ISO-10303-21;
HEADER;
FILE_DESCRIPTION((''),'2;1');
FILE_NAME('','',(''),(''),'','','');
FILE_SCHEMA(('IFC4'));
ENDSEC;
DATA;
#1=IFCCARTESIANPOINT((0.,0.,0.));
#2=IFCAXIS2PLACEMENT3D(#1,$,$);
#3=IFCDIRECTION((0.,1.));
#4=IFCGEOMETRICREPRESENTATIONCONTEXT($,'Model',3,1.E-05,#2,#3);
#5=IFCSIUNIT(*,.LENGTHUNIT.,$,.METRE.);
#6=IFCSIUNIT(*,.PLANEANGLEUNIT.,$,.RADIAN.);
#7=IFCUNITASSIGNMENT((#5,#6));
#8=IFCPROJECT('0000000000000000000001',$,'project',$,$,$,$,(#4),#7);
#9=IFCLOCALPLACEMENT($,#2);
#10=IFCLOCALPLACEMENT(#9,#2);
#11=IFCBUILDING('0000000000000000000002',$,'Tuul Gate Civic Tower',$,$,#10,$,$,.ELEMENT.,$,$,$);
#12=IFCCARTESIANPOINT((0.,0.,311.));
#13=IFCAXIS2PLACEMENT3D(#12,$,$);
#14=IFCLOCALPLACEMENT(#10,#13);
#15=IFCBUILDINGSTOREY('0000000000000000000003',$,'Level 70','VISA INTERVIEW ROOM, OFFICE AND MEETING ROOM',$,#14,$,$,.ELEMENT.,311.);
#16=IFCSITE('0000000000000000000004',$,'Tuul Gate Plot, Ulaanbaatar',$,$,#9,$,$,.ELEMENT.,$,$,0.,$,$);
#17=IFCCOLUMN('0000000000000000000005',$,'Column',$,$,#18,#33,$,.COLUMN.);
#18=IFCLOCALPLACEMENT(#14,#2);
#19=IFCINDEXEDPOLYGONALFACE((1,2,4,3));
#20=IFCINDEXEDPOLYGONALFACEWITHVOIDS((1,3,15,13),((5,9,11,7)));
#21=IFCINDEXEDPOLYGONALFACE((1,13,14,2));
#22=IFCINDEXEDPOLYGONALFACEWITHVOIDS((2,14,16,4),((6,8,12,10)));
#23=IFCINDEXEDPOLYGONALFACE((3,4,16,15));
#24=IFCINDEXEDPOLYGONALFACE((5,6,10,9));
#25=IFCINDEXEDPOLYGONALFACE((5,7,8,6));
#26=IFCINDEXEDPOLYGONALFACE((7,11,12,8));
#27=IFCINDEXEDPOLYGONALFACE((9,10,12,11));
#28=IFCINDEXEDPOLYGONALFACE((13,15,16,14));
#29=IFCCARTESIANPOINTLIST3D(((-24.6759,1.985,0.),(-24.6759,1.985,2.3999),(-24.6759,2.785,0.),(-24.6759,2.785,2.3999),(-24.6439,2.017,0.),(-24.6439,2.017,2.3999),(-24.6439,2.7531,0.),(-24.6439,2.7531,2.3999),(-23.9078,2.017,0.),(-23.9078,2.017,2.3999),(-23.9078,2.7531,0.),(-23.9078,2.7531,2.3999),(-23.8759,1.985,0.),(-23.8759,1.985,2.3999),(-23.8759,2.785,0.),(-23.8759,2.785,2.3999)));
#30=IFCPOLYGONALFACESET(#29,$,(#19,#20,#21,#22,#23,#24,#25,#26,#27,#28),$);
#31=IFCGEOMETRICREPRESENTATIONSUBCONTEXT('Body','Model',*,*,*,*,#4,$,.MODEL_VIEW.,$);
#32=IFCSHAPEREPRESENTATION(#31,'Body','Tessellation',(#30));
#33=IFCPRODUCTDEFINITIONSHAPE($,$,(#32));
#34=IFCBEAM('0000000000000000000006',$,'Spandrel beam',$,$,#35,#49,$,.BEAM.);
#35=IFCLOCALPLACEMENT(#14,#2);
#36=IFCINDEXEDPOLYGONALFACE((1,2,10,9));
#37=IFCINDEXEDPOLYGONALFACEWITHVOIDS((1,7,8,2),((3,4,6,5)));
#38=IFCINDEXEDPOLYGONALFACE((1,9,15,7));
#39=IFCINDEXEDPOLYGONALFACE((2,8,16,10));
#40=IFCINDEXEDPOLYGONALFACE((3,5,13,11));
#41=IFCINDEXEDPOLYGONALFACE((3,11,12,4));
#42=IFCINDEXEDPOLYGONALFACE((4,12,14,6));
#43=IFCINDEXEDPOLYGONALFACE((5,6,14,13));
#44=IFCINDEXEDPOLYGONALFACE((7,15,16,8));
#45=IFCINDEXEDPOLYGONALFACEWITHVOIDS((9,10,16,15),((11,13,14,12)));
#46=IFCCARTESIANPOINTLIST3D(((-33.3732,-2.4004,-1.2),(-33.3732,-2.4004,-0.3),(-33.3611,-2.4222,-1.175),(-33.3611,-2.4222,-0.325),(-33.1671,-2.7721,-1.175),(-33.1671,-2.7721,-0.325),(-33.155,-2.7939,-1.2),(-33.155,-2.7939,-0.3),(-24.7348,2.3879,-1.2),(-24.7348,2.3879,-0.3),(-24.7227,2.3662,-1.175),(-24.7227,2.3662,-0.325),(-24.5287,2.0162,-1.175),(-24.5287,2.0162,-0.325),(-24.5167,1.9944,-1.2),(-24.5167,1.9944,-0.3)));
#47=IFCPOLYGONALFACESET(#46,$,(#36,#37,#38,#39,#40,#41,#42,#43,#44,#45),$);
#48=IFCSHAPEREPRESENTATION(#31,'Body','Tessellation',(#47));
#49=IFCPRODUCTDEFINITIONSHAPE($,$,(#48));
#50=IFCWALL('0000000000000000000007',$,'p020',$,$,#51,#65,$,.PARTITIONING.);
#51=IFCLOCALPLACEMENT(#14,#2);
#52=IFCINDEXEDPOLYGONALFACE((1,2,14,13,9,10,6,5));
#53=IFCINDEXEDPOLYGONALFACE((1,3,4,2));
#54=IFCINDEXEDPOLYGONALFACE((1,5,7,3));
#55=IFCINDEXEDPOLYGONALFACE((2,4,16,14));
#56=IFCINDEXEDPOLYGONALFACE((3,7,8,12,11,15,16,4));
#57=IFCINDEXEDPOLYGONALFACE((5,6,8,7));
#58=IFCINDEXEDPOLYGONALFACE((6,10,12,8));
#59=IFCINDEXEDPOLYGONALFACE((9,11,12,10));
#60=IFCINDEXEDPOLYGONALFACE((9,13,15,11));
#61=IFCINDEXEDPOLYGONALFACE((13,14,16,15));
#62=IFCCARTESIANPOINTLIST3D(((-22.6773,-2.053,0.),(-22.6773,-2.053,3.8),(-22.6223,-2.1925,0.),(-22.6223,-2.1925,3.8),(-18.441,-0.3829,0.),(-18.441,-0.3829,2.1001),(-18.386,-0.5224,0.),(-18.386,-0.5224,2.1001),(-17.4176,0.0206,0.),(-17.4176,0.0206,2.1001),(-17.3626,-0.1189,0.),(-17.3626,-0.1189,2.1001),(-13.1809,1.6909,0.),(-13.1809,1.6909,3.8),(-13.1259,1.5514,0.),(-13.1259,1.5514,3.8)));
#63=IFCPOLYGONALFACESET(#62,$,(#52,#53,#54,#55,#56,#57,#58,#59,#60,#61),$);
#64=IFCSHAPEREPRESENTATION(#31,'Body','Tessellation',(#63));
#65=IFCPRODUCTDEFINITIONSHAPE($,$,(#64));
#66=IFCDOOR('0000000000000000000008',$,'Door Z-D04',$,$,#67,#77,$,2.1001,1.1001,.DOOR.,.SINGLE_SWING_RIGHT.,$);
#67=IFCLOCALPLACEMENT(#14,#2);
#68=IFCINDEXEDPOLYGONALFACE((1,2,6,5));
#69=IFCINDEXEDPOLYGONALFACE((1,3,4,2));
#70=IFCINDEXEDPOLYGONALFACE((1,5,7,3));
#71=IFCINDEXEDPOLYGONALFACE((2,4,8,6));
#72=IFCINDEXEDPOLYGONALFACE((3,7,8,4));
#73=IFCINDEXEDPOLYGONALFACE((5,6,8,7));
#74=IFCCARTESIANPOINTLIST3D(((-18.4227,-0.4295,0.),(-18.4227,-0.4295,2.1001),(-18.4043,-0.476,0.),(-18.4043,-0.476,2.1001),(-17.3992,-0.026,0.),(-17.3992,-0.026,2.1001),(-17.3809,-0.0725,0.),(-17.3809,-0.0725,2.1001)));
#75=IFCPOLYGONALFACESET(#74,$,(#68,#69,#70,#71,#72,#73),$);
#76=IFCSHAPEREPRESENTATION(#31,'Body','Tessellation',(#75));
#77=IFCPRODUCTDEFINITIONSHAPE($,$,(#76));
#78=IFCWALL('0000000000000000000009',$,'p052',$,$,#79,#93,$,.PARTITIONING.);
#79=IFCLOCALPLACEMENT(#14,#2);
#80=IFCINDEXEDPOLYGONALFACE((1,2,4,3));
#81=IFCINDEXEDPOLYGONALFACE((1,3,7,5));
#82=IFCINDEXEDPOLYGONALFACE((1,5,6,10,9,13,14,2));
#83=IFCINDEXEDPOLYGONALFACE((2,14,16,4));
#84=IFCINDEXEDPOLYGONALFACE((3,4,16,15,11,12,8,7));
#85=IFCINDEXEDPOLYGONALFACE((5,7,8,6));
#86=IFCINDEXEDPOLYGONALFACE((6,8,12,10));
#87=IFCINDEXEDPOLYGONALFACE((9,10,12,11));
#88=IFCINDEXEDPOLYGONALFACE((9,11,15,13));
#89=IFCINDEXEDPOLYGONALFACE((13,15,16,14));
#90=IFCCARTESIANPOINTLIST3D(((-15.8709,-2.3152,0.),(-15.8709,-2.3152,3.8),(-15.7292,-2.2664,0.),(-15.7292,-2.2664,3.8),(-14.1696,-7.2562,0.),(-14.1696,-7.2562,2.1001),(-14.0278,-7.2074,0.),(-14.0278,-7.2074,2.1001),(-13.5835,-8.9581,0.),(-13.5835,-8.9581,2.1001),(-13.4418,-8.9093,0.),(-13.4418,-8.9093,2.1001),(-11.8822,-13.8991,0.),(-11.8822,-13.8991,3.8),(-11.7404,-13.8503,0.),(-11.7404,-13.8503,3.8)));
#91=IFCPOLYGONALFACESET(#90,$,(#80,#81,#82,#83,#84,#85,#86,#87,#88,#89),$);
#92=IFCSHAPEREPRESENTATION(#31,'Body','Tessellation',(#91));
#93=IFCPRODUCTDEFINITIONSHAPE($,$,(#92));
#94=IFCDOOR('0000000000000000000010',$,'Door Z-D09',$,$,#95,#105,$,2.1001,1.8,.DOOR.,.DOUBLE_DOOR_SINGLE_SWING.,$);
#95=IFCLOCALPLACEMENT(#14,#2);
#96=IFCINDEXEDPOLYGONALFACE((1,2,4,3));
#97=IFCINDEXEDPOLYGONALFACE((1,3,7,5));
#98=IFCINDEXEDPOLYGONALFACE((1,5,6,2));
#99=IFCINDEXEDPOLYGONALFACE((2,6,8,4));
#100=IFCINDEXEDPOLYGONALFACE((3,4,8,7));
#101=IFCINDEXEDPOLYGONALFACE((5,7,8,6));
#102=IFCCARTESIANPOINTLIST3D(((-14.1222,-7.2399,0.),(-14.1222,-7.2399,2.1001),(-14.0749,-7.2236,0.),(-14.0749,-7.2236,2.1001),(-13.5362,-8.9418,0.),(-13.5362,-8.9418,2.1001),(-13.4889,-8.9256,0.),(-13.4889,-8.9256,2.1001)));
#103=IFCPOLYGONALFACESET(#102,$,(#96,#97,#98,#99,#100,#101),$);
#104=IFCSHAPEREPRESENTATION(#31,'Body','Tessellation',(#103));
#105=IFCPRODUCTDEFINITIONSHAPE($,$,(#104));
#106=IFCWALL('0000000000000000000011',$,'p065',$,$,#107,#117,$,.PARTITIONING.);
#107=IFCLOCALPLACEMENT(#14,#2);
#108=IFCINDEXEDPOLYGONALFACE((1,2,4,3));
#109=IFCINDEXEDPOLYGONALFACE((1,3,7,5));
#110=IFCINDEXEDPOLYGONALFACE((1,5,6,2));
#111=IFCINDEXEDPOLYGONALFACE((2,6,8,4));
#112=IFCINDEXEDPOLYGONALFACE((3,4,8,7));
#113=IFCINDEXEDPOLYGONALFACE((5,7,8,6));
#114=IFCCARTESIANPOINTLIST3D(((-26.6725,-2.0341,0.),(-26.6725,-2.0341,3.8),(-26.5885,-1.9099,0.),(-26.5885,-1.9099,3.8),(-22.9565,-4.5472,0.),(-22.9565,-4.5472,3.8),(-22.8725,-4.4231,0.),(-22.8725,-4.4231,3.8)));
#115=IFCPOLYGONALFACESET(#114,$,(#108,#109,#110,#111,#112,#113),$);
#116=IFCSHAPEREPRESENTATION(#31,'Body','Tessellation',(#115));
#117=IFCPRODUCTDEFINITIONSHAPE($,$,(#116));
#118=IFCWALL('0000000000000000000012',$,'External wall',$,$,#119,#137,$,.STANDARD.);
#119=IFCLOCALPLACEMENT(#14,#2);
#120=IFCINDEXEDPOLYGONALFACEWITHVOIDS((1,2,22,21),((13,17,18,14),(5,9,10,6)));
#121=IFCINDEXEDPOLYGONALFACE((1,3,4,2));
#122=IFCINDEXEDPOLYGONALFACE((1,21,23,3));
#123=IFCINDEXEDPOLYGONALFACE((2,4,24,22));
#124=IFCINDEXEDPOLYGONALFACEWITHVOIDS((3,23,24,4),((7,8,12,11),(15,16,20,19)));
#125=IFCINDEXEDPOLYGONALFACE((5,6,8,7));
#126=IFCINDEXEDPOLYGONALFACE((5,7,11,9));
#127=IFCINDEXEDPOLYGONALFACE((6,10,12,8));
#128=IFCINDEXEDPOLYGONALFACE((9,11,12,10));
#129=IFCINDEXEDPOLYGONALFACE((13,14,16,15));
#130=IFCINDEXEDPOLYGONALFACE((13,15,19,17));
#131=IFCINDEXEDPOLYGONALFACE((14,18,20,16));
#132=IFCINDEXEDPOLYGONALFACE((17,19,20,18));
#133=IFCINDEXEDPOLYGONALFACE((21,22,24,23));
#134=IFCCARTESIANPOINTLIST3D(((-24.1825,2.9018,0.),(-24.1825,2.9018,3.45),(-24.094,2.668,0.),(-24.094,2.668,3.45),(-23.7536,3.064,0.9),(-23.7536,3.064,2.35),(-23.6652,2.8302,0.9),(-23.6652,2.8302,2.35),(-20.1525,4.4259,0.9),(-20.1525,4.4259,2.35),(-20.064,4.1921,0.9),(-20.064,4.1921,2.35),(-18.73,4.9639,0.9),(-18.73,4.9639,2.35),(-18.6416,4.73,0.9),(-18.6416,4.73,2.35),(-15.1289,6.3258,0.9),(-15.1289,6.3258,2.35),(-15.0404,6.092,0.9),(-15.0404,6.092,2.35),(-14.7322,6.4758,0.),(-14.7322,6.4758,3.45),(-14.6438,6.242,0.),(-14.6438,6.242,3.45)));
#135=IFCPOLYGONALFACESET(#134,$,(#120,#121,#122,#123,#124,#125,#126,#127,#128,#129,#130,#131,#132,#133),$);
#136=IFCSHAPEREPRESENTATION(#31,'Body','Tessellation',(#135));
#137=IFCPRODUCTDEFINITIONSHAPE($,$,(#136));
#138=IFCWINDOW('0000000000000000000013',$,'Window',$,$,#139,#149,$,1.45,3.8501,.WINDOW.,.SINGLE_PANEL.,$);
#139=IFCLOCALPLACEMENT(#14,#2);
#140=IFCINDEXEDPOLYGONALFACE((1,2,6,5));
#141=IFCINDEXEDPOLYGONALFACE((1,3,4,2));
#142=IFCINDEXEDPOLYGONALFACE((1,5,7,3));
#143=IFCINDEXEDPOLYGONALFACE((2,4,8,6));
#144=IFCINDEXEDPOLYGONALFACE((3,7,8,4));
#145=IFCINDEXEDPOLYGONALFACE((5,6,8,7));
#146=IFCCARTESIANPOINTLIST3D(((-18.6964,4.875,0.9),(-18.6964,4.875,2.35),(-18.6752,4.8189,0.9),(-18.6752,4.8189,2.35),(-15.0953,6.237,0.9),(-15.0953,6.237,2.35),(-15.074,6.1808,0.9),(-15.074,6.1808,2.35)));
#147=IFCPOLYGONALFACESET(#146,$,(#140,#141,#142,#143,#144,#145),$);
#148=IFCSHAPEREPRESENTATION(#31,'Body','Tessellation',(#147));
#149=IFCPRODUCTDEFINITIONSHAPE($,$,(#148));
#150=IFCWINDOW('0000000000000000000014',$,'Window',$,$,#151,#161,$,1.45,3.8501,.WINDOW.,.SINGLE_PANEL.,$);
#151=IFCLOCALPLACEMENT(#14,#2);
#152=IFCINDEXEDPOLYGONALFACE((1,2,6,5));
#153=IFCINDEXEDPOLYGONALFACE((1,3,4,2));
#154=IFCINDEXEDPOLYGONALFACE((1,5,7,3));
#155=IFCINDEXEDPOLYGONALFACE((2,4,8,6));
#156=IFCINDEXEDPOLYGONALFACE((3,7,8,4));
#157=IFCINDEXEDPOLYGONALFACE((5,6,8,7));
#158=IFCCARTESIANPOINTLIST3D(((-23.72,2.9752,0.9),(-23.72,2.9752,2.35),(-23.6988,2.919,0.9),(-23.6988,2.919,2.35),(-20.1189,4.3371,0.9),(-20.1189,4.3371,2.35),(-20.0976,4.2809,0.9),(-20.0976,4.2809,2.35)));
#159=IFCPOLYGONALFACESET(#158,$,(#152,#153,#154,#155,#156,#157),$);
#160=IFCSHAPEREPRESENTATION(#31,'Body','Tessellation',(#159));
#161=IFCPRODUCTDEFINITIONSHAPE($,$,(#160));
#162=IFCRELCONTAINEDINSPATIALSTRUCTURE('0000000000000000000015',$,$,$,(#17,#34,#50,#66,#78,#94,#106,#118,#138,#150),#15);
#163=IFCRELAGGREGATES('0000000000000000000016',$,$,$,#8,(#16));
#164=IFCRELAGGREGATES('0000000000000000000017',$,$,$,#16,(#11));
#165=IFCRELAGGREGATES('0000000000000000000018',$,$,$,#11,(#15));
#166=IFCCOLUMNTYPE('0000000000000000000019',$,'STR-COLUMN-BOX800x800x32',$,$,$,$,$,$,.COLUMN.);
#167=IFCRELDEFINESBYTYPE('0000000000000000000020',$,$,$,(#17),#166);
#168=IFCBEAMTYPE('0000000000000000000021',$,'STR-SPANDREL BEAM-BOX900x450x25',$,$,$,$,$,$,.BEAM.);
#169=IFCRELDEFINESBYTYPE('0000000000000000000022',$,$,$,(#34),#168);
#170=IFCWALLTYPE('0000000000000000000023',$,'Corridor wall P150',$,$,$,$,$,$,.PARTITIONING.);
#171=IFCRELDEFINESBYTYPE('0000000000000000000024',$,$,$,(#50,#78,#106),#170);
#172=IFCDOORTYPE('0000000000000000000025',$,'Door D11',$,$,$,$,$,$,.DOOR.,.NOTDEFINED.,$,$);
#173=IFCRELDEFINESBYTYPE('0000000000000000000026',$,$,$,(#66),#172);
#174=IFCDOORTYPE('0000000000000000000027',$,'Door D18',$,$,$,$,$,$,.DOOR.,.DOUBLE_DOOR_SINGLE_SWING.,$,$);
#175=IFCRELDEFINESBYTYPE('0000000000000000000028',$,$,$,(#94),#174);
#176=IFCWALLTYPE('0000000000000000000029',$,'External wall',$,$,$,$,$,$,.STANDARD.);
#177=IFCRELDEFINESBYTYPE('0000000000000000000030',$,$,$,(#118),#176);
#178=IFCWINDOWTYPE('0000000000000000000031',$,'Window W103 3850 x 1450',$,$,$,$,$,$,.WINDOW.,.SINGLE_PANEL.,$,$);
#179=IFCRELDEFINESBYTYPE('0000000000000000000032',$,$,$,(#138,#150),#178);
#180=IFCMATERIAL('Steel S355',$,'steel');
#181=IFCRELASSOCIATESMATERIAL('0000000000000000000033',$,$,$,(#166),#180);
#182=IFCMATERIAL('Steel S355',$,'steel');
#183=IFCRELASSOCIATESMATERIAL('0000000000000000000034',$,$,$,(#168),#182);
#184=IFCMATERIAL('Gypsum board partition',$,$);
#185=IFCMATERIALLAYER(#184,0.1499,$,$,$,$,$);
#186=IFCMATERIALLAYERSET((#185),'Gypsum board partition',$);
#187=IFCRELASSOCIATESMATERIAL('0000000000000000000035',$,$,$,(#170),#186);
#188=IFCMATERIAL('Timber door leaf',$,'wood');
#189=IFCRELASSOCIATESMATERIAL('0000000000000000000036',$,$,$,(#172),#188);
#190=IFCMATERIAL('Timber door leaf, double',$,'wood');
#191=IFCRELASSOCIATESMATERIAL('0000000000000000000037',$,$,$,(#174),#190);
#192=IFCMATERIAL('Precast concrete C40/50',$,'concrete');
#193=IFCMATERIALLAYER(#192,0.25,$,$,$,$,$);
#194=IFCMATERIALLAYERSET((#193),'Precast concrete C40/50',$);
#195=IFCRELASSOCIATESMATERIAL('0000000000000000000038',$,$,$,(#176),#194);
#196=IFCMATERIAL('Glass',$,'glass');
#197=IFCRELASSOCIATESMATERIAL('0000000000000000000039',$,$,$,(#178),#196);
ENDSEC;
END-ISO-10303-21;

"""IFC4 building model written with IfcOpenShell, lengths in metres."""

from ifc_helpers import new_model, si_unit, direction, frame, frame_2d, origin, origin_2d, place, context, subcontext, project, spatial, rectangle, hollow_rectangle, extrude, material, layer, layer_set, material_profile, profile_set, type_object, element, fill, save


model = new_model("IFC4")

# Units and contexts
model_context = context("Model", 3, precision=1e-05, world=origin(), true_north=direction((0.0, 1.0)))
body_context = subcontext(model_context, "Body", "Model", "MODEL_VIEW")
ifc_project = project(units=[si_unit("LENGTHUNIT", "METRE"), si_unit("PLANEANGLEUNIT", "RADIAN")], contexts=[model_context])

# Site, building, storey
site_placement = place(None, origin())
site = spatial("IfcSite", under=ifc_project, at=site_placement, Name="Tuul Gate Plot, Ulaanbaatar", CompositionType="ELEMENT", RefElevation=0.0)
building_placement = place(site_placement, origin())
building = spatial("IfcBuilding", under=site, at=building_placement, Name="Tuul Gate Civic Tower", CompositionType="ELEMENT")
storey_placement = place(building_placement, frame((0.0, 0.0, 311.0)))
storey = spatial("IfcBuildingStorey", under=building, at=storey_placement, Name="Level 70", Description="VISA INTERVIEW ROOM, OFFICE AND MEETING ROOM", CompositionType="ELEMENT", Elevation=311.0)

# Column
ifc_material_1 = material(Name="Steel S355", Category="steel")
ifc_material_profile_1 = material_profile(ifc_material_1, hollow_rectangle(XDim=0.8, YDim=0.8, WallThickness=0.032, at=origin_2d()), Name="BOX800x800x32")
ifc_profile_set_1 = profile_set([ifc_material_profile_1], Name="Steel S355")
column_type = type_object("IfcColumnType", Name="STR-COLUMN-BOX800x800x32", PredefinedType="COLUMN", material=ifc_profile_set_1)
column_placement = place(storey_placement, frame((-24.2759, 2.385, 0.0), z_axis=(0.0, 0.0, 1.0), x_axis=(1.0, 0.0, 0.0)))
element("IfcColumn", 1, at=column_placement, inside=storey, type_object=column_type, Name="Column", PredefinedType="COLUMN", context=body_context, shape_type="SweptSolid", body=[
    extrude(hollow_rectangle(XDim=0.8, YDim=0.8, WallThickness=0.032, at=origin_2d()), origin(), (0.0, 0.0, 1.0), 2.3999),
])

# Beam
ifc_material_2 = material(Name="Steel S355", Category="steel")
ifc_material_profile_2 = material_profile(ifc_material_2, hollow_rectangle(XDim=0.45, YDim=0.8999, WallThickness=0.0249, at=origin_2d()), Name="BOX900x450x25")
ifc_profile_set_2 = profile_set([ifc_material_profile_2], Name="Steel S355")
beam_type = type_object("IfcBeamType", Name="STR-SPANDREL BEAM-BOX900x450x25", PredefinedType="BEAM", material=ifc_profile_set_2)
beam_placement = place(storey_placement, frame((-24.6257, 2.1912, -0.75), z_axis=(-0.874621, -0.484807, 0.0), x_axis=(0.484807, -0.874621, 0.0)))
element("IfcBeam", 2, at=beam_placement, inside=storey, type_object=beam_type, Name="Spandrel beam", PredefinedType="BEAM", context=body_context, shape_type="SweptSolid", body=[
    extrude(hollow_rectangle(XDim=0.45, YDim=0.8999, WallThickness=0.0249, at=origin_2d()), origin(), (0.0, 0.0, 1.0), 9.8767),
])

# Walls, openings, doors
ifc_material_3 = material(Name="Gypsum board partition")
ifc_layer_1 = layer(ifc_material_3, 0.1499)
ifc_layer_set_1 = layer_set([ifc_layer_1], Name="Gypsum board partition")
wall_type_1 = type_object("IfcWallType", Name="Corridor wall P150", PredefinedType="PARTITIONING", material=ifc_layer_set_1)
wall_1_placement = place(storey_placement, frame((-22.6499, -2.1228, 0.0), z_axis=(0.0, 0.0, 1.0), x_axis=(0.930311, 0.366772, 0.0)))
wall_1 = element("IfcWall", 3, at=wall_1_placement, inside=storey, type_object=wall_type_1, Name="p020", PredefinedType="PARTITIONING", context=body_context, shape_type="SweptSolid", body=[
    extrude(rectangle(XDim=10.2078, YDim=0.1499, at=frame_2d((5.104, 0.0))), origin(), (0.0, 0.0, 1.0), 3.8),
])
opening_1_placement = place(wall_1_placement, frame((4.5537, 0.0, 0.0)))
opening_1 = element("IfcOpeningElement", 4, at=opening_1_placement, cuts=wall_1, PredefinedType="OPENING", context=body_context, shape_type="SweptSolid", body=[
    extrude(rectangle(XDim=1.1001, YDim=2.1001, at=frame_2d((0.55, 1.05))), frame((0.0, 0.085, 0.0), z_axis=(0.0, -1.0, 0.0), x_axis=(1.0, 0.0, 0.0)), (0.0, 0.0, 1.0), 0.1699),
])
ifc_material_4 = material(Name="Timber door leaf", Category="wood")
door_type_1 = type_object("IfcDoorType", Name="Door D11", OperationType="NOTDEFINED", PredefinedType="DOOR", material=ifc_material_4)
door_1_placement = place(opening_1_placement, origin())
door_1 = element("IfcDoor", 5, at=door_1_placement, inside=storey, type_object=door_type_1, Name="Door Z-D04", OperationType="SINGLE_SWING_RIGHT", OverallHeight=2.1001, OverallWidth=1.1001, PredefinedType="DOOR", context=body_context, shape_type="SweptSolid", body=[
    extrude(rectangle(XDim=1.1001, YDim=2.1001, at=frame_2d((0.55, 1.05))), frame((0.0, 0.0249, 0.0), z_axis=(0.0, -1.0, 0.0), x_axis=(1.0, 0.0, 0.0)), (0.0, 0.0, 1.0), 0.05),
])
fill(opening_1, door_1)
wall_2_placement = place(storey_placement, frame((-15.8, -2.2908, 0.0), z_axis=(0.0, 0.0, 1.0), x_axis=(0.325574, -0.945516, 0.0)))
wall_2 = element("IfcWall", 6, at=wall_2_placement, inside=storey, type_object=wall_type_1, Name="p052", PredefinedType="PARTITIONING", context=body_context, shape_type="SweptSolid", body=[
    extrude(rectangle(XDim=12.2515, YDim=0.1499, at=frame_2d((6.1257, 0.0))), origin(), (0.0, 0.0, 1.0), 3.8),
])
opening_2_placement = place(wall_2_placement, frame((5.2258, 0.0, 0.0)))
opening_2 = element("IfcOpeningElement", 7, at=opening_2_placement, cuts=wall_2, PredefinedType="OPENING", context=body_context, shape_type="SweptSolid", body=[
    extrude(rectangle(XDim=1.8, YDim=2.1001, at=frame_2d((0.8999, 1.05))), frame((0.0, 0.085, 0.0), z_axis=(0.0, -1.0, 0.0), x_axis=(1.0, 0.0, 0.0)), (0.0, 0.0, 1.0), 0.1699),
])
ifc_material_5 = material(Name="Timber door leaf, double", Category="wood")
door_type_2 = type_object("IfcDoorType", Name="Door D18", OperationType="DOUBLE_DOOR_SINGLE_SWING", PredefinedType="DOOR", material=ifc_material_5)
door_2_placement = place(opening_2_placement, frame((1.8, 0.0, 0.0), z_axis=(0.0, 0.0, 1.0), x_axis=(-1.0, 0.0, 0.0)))
door_2 = element("IfcDoor", 8, at=door_2_placement, inside=storey, type_object=door_type_2, Name="Door Z-D09", OperationType="DOUBLE_DOOR_SINGLE_SWING", OverallHeight=2.1001, OverallWidth=1.8, PredefinedType="DOOR", context=body_context, shape_type="SweptSolid", body=[
    extrude(rectangle(XDim=1.8, YDim=2.1001, at=frame_2d((0.9001, 1.05))), frame((0.0, 0.0249, 0.0), z_axis=(0.0, -1.0, 0.0), x_axis=(1.0, 0.0, 0.0)), (0.0, 0.0, 1.0), 0.05),
])
fill(opening_2, door_2)

# Wall
wall_3_placement = place(storey_placement, frame((-26.6306, -1.9719, 0.0), z_axis=(0.0, 0.0, 1.0), x_axis=(0.828348, -0.560214, 0.0)))
element("IfcWall", 9, at=wall_3_placement, inside=storey, type_object=wall_type_1, Name="p065", PredefinedType="PARTITIONING", context=body_context, shape_type="SweptSolid", body=[
    extrude(rectangle(XDim=4.4861, YDim=0.1499, at=frame_2d((2.2432, 0.0))), origin(), (0.0, 0.0, 1.0), 3.8),
])

# Wall, openings, windows
ifc_material_6 = material(Name="Precast concrete C40/50", Category="concrete")
ifc_layer_2 = layer(ifc_material_6, 0.25)
ifc_layer_set_2 = layer_set([ifc_layer_2], Name="Precast concrete C40/50")
wall_type_2 = type_object("IfcWallType", Name="External wall", PredefinedType="STANDARD", material=ifc_layer_set_2)
wall_4_placement = place(storey_placement, frame((-14.688, 6.3589, 0.0), z_axis=(0.0, 0.0, 1.0), x_axis=(-0.935344, -0.353738, 0.0)))
wall_4 = element("IfcWall", 10, at=wall_4_placement, inside=storey, type_object=wall_type_2, Name="External wall", PredefinedType="STANDARD", context=body_context, shape_type="SweptSolid", body=[
    extrude(rectangle(XDim=10.1035, YDim=0.25, at=frame_2d((5.0518, 0.0))), origin(), (0.0, 0.0, 1.0), 3.45),
])
opening_3_placement = place(wall_4_placement, frame((0.4241, 0.0, 0.8999)))
opening_3 = element("IfcOpeningElement", 11, at=opening_3_placement, cuts=wall_4, PredefinedType="OPENING", context=body_context, shape_type="SweptSolid", body=[
    extrude(rectangle(XDim=3.8501, YDim=1.45, at=frame_2d((1.925, 0.7251))), frame((0.0, 0.135, 0.0), z_axis=(0.0, -1.0, 0.0), x_axis=(1.0, 0.0, 0.0)), (0.0, 0.0, 1.0), 0.27),
])
opening_4_placement = place(wall_4_placement, frame((5.7949, 0.0, 0.8999)))
opening_4 = element("IfcOpeningElement", 12, at=opening_4_placement, cuts=wall_4, PredefinedType="OPENING", context=body_context, shape_type="SweptSolid", body=[
    extrude(rectangle(XDim=3.8501, YDim=1.45, at=frame_2d((1.925, 0.7251))), frame((0.0, 0.135, 0.0), z_axis=(0.0, -1.0, 0.0), x_axis=(1.0, 0.0, 0.0)), (0.0, 0.0, 1.0), 0.27),
])
ifc_material_7 = material(Name="Glass", Category="glass")
window_type_1 = type_object("IfcWindowType", Name="Window W103 3850 x 1450", PartitioningType="SINGLE_PANEL", PredefinedType="WINDOW", material=ifc_material_7)
window_1_placement = place(opening_3_placement, origin())
window_1 = element("IfcWindow", 13, at=window_1_placement, inside=storey, type_object=window_type_1, Name="Window", OverallHeight=1.45, OverallWidth=3.8501, PartitioningType="SINGLE_PANEL", PredefinedType="WINDOW", context=body_context, shape_type="SweptSolid", body=[
    extrude(rectangle(XDim=3.8501, YDim=1.45, at=frame_2d((1.925, 0.7251))), frame((0.0, 0.03, 0.0), z_axis=(0.0, -1.0, 0.0), x_axis=(1.0, 0.0, 0.0)), (0.0, 0.0, 1.0), 0.0601),
])
fill(opening_3, window_1)
window_2_placement = place(opening_4_placement, origin())
window_2 = element("IfcWindow", 14, at=window_2_placement, inside=storey, type_object=window_type_1, Name="Window", OverallHeight=1.45, OverallWidth=3.8501, PartitioningType="SINGLE_PANEL", PredefinedType="WINDOW", context=body_context, shape_type="SweptSolid", body=[
    extrude(rectangle(XDim=3.8501, YDim=1.45, at=frame_2d((1.925, 0.7251))), frame((0.0, 0.03, 0.0), z_axis=(0.0, -1.0, 0.0), x_axis=(1.0, 0.0, 0.0)), (0.0, 0.0, 1.0), 0.0601),
])
fill(opening_4, window_2)

save(model, "model.ifc")
